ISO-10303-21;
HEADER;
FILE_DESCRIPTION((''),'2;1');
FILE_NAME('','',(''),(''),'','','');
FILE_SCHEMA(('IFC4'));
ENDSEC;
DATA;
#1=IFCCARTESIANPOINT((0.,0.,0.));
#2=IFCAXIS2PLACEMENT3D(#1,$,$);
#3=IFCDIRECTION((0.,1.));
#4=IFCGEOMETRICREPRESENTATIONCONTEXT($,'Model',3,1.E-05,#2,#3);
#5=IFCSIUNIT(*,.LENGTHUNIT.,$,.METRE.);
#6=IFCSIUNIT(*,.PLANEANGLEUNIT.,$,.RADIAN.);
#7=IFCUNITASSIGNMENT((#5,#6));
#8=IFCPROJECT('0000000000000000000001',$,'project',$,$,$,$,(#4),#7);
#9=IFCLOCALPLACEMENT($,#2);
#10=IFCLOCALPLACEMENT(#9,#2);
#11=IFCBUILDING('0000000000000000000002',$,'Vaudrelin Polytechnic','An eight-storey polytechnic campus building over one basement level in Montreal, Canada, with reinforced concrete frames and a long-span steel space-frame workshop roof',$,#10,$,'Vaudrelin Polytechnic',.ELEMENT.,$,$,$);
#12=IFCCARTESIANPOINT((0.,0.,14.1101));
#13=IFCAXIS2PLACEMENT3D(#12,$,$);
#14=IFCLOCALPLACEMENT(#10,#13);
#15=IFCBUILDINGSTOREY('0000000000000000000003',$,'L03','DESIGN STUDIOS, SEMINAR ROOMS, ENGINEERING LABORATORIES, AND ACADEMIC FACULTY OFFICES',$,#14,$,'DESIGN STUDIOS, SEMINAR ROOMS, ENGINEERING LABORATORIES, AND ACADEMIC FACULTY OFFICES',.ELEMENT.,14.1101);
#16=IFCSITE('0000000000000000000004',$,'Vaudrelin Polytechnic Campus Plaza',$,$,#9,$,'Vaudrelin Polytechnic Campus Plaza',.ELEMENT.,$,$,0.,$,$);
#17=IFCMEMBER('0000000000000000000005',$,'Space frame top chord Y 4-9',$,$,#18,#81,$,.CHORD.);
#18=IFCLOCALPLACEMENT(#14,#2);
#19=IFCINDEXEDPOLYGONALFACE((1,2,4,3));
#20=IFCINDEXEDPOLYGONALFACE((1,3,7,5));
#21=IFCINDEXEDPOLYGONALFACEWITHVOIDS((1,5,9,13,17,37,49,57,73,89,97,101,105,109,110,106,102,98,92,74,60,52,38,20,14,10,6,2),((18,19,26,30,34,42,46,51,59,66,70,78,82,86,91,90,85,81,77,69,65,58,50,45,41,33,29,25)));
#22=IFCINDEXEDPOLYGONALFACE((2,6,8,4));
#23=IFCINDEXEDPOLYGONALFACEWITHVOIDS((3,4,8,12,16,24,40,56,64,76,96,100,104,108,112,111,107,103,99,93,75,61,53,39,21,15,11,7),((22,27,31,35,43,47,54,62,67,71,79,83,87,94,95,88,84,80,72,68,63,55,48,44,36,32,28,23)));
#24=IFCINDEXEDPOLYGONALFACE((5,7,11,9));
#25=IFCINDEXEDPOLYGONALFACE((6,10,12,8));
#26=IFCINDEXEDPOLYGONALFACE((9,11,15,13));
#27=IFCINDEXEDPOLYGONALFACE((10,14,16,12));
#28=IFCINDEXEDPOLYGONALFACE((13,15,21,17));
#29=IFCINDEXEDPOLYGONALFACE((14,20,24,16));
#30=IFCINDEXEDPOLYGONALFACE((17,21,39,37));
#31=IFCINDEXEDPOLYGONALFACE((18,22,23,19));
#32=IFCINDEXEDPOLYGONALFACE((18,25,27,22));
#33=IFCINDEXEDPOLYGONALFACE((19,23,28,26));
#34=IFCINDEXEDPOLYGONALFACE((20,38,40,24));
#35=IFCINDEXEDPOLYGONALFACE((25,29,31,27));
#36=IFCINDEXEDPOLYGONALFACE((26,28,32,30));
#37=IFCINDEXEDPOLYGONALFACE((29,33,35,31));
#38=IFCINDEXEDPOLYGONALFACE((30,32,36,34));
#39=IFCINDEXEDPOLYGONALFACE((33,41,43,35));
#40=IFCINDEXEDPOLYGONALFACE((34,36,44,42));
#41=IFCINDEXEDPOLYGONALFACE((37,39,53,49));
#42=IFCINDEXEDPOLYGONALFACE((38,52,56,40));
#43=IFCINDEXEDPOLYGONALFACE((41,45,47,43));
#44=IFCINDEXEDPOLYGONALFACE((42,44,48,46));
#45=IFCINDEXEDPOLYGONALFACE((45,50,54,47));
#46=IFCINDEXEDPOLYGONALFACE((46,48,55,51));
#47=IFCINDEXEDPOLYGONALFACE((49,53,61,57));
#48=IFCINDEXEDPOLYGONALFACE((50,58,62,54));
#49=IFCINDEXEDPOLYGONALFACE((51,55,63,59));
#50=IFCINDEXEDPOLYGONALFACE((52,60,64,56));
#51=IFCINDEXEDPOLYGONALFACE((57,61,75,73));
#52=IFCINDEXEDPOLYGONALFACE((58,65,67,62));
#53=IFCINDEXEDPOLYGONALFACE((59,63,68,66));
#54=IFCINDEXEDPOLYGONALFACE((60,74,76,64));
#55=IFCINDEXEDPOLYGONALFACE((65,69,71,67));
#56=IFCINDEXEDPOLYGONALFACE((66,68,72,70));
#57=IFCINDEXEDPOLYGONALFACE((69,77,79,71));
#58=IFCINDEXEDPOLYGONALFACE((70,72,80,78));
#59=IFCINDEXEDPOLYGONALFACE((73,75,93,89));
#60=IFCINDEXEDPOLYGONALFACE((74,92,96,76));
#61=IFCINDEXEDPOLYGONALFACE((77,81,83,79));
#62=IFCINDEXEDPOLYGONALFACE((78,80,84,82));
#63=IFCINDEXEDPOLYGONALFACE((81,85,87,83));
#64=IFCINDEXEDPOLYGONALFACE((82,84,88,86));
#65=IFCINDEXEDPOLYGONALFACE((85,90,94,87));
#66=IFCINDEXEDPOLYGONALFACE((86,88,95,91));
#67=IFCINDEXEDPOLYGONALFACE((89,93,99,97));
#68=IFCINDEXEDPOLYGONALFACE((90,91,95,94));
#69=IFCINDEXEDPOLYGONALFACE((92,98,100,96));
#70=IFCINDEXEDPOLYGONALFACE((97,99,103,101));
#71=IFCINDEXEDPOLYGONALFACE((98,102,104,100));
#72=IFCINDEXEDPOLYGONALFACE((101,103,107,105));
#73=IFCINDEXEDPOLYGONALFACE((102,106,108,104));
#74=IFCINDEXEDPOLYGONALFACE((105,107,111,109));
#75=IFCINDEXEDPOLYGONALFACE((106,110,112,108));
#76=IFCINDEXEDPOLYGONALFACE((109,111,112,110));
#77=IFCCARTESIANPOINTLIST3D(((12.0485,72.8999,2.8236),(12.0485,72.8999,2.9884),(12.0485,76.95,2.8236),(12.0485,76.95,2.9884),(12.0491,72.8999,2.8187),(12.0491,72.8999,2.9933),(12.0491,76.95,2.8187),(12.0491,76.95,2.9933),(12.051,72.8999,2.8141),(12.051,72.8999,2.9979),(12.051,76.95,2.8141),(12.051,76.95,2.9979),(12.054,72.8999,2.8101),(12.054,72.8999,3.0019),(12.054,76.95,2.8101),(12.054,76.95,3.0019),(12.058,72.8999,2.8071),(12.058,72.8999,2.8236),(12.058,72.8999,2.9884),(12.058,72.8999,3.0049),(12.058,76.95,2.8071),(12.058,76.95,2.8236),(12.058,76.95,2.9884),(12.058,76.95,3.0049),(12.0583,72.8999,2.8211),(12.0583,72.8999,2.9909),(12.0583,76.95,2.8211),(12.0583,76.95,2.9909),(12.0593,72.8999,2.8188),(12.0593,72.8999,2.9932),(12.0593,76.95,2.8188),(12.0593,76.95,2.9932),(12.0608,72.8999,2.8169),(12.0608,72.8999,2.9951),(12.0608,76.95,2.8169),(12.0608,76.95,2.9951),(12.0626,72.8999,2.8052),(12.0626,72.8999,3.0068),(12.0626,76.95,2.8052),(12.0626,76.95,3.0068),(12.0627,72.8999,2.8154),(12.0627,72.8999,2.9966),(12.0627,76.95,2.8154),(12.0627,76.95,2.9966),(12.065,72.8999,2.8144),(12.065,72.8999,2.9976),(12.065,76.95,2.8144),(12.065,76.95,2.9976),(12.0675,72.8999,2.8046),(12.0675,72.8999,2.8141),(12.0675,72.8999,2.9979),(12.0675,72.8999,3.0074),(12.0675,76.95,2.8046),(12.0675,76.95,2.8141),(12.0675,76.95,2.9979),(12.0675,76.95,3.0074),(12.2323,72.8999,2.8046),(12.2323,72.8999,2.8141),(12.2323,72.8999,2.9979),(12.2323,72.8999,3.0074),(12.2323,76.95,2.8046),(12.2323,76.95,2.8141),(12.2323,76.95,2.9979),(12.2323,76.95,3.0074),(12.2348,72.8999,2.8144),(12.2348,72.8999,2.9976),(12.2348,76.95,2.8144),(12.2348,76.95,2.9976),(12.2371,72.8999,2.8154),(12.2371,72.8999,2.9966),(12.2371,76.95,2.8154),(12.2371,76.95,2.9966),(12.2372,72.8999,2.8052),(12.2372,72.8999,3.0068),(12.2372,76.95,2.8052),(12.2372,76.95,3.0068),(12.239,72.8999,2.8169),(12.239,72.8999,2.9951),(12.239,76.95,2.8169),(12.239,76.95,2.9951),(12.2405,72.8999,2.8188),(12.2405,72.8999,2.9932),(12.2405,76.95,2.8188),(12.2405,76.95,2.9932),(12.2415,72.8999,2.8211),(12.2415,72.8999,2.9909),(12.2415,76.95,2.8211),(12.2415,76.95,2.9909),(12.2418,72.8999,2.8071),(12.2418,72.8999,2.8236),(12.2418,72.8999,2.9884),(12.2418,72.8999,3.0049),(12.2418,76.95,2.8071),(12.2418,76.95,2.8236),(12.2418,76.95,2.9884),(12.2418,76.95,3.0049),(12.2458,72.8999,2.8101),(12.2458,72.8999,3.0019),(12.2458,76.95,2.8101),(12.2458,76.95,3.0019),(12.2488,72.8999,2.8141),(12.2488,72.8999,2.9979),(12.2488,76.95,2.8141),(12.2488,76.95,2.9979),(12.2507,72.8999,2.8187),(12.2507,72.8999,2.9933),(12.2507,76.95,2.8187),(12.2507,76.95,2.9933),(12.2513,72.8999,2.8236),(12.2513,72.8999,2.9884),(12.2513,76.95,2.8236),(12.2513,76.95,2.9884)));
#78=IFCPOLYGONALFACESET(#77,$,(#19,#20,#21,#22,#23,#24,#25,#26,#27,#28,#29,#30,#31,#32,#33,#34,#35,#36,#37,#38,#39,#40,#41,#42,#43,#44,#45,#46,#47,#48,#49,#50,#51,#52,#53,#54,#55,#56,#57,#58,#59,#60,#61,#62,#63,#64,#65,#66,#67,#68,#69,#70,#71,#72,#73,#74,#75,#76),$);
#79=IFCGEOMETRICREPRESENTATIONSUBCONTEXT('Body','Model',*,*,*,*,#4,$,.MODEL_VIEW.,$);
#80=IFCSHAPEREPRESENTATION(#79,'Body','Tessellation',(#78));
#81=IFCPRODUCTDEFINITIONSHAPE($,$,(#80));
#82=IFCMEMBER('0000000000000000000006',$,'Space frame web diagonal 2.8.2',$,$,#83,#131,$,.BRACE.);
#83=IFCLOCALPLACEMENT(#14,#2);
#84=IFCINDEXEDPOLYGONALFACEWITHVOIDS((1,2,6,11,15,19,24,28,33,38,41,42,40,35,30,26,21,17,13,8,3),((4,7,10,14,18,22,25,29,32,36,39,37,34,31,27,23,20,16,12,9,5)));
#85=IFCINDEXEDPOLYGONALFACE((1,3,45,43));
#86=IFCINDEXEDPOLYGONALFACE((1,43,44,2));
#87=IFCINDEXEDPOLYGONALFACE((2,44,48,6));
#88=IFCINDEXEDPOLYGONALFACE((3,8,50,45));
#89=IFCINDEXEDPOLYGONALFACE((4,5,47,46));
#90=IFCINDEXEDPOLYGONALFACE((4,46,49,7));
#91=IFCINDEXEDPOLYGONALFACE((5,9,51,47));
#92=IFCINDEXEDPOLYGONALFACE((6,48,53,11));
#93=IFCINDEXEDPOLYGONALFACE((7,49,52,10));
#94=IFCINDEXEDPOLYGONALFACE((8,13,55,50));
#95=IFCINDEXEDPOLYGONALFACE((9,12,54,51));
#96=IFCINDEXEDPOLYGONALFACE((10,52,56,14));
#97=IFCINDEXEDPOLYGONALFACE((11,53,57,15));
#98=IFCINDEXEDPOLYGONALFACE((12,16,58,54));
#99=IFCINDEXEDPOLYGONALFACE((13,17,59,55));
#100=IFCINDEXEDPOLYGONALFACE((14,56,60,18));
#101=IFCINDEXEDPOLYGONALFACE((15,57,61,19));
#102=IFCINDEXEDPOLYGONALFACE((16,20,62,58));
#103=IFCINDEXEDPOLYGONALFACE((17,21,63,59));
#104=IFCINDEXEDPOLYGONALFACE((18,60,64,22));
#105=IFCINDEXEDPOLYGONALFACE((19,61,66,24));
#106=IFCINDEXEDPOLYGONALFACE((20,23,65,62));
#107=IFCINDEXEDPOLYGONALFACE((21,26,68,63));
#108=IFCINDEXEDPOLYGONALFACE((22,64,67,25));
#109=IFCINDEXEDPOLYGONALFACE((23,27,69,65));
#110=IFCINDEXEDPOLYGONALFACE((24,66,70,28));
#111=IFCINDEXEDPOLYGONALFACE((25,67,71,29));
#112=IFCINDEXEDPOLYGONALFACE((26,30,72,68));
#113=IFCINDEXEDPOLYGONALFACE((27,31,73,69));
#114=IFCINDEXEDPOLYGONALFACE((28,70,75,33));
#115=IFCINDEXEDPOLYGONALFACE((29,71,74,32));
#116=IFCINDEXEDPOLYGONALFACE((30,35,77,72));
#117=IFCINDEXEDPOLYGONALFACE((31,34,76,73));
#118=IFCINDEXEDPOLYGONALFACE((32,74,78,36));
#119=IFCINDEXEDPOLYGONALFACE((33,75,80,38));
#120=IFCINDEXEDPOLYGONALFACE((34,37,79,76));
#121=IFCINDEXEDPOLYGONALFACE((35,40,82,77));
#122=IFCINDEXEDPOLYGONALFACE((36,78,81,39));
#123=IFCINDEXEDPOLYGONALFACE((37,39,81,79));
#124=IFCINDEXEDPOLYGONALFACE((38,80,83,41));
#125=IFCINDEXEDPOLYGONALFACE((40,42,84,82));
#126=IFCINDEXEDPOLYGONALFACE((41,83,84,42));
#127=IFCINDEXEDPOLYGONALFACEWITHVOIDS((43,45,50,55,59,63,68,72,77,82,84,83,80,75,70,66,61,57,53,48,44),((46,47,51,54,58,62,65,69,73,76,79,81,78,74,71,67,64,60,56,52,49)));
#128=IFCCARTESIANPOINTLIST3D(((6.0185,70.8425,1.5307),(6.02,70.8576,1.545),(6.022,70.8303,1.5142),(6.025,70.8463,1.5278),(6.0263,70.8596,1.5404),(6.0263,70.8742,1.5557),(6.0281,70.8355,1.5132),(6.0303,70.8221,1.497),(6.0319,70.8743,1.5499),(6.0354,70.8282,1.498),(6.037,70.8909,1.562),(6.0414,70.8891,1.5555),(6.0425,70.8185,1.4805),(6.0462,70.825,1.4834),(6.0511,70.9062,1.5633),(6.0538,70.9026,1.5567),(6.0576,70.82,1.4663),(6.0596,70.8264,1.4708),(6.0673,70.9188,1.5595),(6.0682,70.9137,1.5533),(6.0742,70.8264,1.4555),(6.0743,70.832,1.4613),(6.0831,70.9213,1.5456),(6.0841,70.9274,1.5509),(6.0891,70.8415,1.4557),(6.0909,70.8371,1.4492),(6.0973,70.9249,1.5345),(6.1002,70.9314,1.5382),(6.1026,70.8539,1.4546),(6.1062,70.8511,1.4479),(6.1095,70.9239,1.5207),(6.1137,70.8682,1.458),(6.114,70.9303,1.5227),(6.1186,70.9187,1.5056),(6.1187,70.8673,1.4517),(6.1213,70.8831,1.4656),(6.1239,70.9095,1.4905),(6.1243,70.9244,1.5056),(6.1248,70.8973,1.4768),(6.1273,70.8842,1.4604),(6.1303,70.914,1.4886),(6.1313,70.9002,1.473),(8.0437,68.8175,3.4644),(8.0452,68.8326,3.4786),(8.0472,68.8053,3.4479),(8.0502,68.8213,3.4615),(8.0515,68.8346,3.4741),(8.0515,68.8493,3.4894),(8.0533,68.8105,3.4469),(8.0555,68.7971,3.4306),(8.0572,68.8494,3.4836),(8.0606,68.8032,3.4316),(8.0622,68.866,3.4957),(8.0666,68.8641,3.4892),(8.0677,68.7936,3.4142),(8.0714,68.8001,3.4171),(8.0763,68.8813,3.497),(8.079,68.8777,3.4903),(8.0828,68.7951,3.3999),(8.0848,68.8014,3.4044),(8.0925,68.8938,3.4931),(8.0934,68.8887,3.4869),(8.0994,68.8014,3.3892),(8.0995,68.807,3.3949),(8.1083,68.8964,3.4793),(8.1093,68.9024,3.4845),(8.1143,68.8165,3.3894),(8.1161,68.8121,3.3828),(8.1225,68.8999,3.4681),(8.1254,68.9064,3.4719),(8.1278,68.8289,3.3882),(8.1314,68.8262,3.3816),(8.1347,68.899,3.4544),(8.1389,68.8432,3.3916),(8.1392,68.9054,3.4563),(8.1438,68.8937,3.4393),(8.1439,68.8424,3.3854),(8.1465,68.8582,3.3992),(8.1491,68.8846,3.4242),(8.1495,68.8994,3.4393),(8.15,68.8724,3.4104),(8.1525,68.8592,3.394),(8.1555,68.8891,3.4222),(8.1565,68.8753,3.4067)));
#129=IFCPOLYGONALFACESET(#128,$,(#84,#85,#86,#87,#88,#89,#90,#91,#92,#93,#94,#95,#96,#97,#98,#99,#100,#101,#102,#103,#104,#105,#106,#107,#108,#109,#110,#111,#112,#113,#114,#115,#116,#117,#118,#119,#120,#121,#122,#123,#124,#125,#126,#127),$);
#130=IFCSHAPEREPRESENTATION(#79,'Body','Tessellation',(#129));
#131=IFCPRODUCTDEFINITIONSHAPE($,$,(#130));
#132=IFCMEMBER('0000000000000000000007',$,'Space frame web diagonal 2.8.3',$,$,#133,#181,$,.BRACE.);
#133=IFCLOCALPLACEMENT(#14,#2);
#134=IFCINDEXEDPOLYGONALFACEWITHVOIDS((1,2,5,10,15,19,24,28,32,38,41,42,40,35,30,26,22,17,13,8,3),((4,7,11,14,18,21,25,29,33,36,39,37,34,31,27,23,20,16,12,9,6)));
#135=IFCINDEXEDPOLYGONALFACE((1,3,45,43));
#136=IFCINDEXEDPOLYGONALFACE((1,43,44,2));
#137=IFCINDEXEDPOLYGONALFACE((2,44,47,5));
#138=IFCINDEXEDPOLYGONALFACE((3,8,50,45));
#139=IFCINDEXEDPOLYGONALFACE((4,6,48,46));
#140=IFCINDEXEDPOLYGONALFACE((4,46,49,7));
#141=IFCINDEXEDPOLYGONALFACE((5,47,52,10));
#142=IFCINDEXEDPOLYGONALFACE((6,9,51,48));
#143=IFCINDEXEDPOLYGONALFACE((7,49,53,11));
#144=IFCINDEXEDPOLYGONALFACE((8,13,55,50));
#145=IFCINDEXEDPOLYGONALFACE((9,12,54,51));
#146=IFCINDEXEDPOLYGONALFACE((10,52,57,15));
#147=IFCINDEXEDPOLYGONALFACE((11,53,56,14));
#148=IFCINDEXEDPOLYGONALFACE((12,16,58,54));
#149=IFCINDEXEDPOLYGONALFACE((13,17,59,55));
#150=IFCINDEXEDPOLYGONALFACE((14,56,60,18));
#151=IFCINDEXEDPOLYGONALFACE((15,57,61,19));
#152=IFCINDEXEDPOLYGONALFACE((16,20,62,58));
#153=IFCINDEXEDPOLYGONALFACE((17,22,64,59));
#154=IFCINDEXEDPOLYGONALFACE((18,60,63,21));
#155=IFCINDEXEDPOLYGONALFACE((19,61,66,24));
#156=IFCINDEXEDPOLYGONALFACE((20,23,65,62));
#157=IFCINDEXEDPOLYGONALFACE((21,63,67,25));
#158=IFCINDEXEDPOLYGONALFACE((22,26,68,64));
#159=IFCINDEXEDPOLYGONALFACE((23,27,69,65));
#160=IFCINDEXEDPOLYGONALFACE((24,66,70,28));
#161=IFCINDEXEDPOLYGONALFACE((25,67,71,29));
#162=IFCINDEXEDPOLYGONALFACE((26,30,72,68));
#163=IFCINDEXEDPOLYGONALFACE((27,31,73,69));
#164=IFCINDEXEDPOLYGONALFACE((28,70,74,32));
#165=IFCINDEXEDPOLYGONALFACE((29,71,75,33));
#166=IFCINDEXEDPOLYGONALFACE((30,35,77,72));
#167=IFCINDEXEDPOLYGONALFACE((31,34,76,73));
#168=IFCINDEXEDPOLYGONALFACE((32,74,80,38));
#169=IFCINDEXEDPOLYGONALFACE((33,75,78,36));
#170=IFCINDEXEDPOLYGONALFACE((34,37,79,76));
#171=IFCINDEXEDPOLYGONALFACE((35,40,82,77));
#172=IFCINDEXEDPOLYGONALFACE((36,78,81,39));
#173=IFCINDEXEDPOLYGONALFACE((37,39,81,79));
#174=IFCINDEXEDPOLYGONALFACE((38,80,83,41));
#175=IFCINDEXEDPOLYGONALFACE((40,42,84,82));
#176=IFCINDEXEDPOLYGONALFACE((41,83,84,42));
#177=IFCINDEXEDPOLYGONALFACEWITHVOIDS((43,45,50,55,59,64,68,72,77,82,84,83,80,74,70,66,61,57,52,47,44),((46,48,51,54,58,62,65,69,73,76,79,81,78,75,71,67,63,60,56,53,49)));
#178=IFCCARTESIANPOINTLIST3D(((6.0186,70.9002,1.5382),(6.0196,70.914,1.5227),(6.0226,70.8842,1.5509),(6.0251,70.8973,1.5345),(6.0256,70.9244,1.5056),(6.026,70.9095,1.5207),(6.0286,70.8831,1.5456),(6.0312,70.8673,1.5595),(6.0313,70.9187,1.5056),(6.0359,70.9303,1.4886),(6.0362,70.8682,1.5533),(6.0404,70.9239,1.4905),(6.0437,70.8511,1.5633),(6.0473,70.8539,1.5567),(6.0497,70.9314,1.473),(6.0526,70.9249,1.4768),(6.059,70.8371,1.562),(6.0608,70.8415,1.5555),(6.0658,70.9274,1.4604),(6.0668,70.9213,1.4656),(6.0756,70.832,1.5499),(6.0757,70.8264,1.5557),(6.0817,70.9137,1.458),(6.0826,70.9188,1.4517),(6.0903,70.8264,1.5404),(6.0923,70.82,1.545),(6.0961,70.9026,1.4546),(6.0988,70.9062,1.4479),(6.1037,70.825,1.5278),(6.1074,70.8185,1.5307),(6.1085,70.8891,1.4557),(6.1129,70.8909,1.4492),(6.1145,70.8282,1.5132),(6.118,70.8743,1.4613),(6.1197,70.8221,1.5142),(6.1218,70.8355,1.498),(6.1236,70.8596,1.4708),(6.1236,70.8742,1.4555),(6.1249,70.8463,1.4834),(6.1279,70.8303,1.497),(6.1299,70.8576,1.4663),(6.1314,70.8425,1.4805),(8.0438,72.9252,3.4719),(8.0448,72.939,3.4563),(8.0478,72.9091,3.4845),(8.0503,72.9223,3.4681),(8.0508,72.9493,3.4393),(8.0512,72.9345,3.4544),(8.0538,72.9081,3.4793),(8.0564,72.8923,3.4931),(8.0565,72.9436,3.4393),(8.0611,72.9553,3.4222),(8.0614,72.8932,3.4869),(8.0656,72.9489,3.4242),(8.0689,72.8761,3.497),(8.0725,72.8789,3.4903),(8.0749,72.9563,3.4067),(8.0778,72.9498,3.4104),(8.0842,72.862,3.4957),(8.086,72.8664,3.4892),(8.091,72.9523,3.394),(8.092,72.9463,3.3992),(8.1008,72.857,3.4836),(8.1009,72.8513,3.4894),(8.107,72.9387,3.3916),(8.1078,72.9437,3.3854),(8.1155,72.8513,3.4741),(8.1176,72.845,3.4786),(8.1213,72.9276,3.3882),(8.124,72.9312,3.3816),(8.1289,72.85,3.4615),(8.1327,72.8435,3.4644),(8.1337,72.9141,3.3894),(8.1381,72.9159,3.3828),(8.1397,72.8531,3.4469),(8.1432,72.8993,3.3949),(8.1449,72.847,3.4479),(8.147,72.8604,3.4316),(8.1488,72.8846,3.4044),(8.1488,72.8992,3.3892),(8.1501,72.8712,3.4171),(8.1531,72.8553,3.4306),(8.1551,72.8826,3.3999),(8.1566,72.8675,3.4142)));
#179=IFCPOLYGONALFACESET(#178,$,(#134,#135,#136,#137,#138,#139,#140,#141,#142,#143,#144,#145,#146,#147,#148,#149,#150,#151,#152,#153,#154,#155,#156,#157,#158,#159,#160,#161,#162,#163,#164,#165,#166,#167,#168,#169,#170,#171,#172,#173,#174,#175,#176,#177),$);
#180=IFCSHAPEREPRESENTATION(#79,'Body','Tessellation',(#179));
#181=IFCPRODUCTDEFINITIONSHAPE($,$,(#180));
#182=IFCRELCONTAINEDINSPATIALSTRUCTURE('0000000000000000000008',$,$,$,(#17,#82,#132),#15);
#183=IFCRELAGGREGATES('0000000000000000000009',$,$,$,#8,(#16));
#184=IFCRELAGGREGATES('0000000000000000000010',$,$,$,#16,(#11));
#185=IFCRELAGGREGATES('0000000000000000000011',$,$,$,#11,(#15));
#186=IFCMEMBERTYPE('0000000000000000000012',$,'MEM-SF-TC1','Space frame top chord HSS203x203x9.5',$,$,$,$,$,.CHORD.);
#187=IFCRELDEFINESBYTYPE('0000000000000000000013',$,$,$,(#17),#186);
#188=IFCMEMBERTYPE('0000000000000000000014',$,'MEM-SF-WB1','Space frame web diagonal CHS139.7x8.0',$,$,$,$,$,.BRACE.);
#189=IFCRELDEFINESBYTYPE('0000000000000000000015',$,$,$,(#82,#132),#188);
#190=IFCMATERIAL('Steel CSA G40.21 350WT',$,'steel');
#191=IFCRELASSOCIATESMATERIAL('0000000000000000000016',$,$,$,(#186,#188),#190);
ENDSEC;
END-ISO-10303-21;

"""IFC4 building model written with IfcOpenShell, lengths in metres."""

from ifc_helpers import new_model, si_unit, direction, frame, origin, origin_2d, place, context, subcontext, project, spatial, hollow_rectangle, hollow_circle, extrude, material, material_profile, profile_set, type_object, element, save


model = new_model("IFC4")

# Units and contexts
model_context = context("Model", 3, precision=1e-05, world=origin(), true_north=direction((0.0, 1.0)))
body_context = subcontext(model_context, "Body", "Model", "MODEL_VIEW")
ifc_project = project(units=[si_unit("LENGTHUNIT", "METRE"), si_unit("PLANEANGLEUNIT", "RADIAN")], contexts=[model_context])

# Site, building, storey
site_placement = place(None, origin())
site = spatial("IfcSite", under=ifc_project, at=site_placement, Name="Vaudrelin Polytechnic Campus Plaza", LongName="Vaudrelin Polytechnic Campus Plaza", CompositionType="ELEMENT", RefElevation=0.0)
building_placement = place(site_placement, origin())
building = spatial("IfcBuilding", under=site, at=building_placement, Name="Vaudrelin Polytechnic", Description="An eight-storey polytechnic campus building over one basement level in Montreal, Canada, with reinforced concrete frames and a long-span steel space-frame workshop roof", LongName="Vaudrelin Polytechnic", CompositionType="ELEMENT")
storey_placement = place(building_placement, frame((0.0, 0.0, 14.1101)))
storey = spatial("IfcBuildingStorey", under=building, at=storey_placement, Name="L03", Description="DESIGN STUDIOS, SEMINAR ROOMS, ENGINEERING LABORATORIES, AND ACADEMIC FACULTY OFFICES", LongName="DESIGN STUDIOS, SEMINAR ROOMS, ENGINEERING LABORATORIES, AND ACADEMIC FACULTY OFFICES", CompositionType="ELEMENT", Elevation=14.1101)

# Members
ifc_material = material(Name="Steel CSA G40.21 350WT", Category="steel")
ifc_material_profile_1 = material_profile(ifc_material, hollow_rectangle(XDim=0.2029, YDim=0.2029, WallThickness=0.0095, InnerFilletRadius=0.0095, OuterFilletRadius=0.019, at=origin_2d()), Name="HSS203x203x9.5")
ifc_profile_set_1 = profile_set([ifc_material_profile_1], Name="Steel CSA G40.21 350WT")
member_type_1 = type_object("IfcMemberType", Name="MEM-SF-TC1", Description="Space frame top chord HSS203x203x9.5", PredefinedType="CHORD", material=ifc_profile_set_1)
member_1_placement = place(storey_placement, frame((12.1499, 72.8999, 2.906), z_axis=(0.0, 1.0, 0.0), x_axis=(-1.0, 0.0, 0.0)))
element("IfcMember", 1, at=member_1_placement, inside=storey, type_object=member_type_1, Name="Space frame top chord Y 4-9", PredefinedType="CHORD", context=body_context, shape_type="SweptSolid", body=[
    extrude(hollow_rectangle(XDim=0.2029, YDim=0.2029, WallThickness=0.0095, InnerFilletRadius=0.0095, OuterFilletRadius=0.019, at=origin_2d()), origin(), (0.0, 0.0, 1.0), 4.05),
])
ifc_material_profile_2 = material_profile(ifc_material, hollow_circle(Radius=0.0698, WallThickness=0.0081, at=origin_2d()), Name="CHS139.7x8.0")
ifc_profile_set_2 = profile_set([ifc_material_profile_2], Name="Steel CSA G40.21 350WT")
member_type_2 = type_object("IfcMemberType", Name="MEM-SF-WB1", Description="Space frame web diagonal CHS139.7x8.0", PredefinedType="BRACE", material=ifc_profile_set_2)
for number, where, z_axis, x_axis, name in (
    (2, (6.075, 70.875, 1.5056), (0.586071, -0.586, 0.559576), (0.707064, 0.707149, 0.0), "Space frame web diagonal 2.8.2"),
    (3, (6.075, 70.875, 1.5056), (0.586071, 0.586, 0.559576), (-0.707064, 0.707149, 0.0), "Space frame web diagonal 2.8.3"),
):
    element("IfcMember", number, at=place(storey_placement, frame(where, z_axis=z_axis, x_axis=x_axis)), inside=storey, type_object=member_type_2, Name=name, PredefinedType="BRACE", context=body_context, shape_type="SweptSolid", body=[
        extrude(hollow_circle(Radius=0.0698, WallThickness=0.0081, at=origin_2d()), origin(), (0.0, 0.0, 1.0), 3.4556),
    ])

save(model, "model.ifc")
